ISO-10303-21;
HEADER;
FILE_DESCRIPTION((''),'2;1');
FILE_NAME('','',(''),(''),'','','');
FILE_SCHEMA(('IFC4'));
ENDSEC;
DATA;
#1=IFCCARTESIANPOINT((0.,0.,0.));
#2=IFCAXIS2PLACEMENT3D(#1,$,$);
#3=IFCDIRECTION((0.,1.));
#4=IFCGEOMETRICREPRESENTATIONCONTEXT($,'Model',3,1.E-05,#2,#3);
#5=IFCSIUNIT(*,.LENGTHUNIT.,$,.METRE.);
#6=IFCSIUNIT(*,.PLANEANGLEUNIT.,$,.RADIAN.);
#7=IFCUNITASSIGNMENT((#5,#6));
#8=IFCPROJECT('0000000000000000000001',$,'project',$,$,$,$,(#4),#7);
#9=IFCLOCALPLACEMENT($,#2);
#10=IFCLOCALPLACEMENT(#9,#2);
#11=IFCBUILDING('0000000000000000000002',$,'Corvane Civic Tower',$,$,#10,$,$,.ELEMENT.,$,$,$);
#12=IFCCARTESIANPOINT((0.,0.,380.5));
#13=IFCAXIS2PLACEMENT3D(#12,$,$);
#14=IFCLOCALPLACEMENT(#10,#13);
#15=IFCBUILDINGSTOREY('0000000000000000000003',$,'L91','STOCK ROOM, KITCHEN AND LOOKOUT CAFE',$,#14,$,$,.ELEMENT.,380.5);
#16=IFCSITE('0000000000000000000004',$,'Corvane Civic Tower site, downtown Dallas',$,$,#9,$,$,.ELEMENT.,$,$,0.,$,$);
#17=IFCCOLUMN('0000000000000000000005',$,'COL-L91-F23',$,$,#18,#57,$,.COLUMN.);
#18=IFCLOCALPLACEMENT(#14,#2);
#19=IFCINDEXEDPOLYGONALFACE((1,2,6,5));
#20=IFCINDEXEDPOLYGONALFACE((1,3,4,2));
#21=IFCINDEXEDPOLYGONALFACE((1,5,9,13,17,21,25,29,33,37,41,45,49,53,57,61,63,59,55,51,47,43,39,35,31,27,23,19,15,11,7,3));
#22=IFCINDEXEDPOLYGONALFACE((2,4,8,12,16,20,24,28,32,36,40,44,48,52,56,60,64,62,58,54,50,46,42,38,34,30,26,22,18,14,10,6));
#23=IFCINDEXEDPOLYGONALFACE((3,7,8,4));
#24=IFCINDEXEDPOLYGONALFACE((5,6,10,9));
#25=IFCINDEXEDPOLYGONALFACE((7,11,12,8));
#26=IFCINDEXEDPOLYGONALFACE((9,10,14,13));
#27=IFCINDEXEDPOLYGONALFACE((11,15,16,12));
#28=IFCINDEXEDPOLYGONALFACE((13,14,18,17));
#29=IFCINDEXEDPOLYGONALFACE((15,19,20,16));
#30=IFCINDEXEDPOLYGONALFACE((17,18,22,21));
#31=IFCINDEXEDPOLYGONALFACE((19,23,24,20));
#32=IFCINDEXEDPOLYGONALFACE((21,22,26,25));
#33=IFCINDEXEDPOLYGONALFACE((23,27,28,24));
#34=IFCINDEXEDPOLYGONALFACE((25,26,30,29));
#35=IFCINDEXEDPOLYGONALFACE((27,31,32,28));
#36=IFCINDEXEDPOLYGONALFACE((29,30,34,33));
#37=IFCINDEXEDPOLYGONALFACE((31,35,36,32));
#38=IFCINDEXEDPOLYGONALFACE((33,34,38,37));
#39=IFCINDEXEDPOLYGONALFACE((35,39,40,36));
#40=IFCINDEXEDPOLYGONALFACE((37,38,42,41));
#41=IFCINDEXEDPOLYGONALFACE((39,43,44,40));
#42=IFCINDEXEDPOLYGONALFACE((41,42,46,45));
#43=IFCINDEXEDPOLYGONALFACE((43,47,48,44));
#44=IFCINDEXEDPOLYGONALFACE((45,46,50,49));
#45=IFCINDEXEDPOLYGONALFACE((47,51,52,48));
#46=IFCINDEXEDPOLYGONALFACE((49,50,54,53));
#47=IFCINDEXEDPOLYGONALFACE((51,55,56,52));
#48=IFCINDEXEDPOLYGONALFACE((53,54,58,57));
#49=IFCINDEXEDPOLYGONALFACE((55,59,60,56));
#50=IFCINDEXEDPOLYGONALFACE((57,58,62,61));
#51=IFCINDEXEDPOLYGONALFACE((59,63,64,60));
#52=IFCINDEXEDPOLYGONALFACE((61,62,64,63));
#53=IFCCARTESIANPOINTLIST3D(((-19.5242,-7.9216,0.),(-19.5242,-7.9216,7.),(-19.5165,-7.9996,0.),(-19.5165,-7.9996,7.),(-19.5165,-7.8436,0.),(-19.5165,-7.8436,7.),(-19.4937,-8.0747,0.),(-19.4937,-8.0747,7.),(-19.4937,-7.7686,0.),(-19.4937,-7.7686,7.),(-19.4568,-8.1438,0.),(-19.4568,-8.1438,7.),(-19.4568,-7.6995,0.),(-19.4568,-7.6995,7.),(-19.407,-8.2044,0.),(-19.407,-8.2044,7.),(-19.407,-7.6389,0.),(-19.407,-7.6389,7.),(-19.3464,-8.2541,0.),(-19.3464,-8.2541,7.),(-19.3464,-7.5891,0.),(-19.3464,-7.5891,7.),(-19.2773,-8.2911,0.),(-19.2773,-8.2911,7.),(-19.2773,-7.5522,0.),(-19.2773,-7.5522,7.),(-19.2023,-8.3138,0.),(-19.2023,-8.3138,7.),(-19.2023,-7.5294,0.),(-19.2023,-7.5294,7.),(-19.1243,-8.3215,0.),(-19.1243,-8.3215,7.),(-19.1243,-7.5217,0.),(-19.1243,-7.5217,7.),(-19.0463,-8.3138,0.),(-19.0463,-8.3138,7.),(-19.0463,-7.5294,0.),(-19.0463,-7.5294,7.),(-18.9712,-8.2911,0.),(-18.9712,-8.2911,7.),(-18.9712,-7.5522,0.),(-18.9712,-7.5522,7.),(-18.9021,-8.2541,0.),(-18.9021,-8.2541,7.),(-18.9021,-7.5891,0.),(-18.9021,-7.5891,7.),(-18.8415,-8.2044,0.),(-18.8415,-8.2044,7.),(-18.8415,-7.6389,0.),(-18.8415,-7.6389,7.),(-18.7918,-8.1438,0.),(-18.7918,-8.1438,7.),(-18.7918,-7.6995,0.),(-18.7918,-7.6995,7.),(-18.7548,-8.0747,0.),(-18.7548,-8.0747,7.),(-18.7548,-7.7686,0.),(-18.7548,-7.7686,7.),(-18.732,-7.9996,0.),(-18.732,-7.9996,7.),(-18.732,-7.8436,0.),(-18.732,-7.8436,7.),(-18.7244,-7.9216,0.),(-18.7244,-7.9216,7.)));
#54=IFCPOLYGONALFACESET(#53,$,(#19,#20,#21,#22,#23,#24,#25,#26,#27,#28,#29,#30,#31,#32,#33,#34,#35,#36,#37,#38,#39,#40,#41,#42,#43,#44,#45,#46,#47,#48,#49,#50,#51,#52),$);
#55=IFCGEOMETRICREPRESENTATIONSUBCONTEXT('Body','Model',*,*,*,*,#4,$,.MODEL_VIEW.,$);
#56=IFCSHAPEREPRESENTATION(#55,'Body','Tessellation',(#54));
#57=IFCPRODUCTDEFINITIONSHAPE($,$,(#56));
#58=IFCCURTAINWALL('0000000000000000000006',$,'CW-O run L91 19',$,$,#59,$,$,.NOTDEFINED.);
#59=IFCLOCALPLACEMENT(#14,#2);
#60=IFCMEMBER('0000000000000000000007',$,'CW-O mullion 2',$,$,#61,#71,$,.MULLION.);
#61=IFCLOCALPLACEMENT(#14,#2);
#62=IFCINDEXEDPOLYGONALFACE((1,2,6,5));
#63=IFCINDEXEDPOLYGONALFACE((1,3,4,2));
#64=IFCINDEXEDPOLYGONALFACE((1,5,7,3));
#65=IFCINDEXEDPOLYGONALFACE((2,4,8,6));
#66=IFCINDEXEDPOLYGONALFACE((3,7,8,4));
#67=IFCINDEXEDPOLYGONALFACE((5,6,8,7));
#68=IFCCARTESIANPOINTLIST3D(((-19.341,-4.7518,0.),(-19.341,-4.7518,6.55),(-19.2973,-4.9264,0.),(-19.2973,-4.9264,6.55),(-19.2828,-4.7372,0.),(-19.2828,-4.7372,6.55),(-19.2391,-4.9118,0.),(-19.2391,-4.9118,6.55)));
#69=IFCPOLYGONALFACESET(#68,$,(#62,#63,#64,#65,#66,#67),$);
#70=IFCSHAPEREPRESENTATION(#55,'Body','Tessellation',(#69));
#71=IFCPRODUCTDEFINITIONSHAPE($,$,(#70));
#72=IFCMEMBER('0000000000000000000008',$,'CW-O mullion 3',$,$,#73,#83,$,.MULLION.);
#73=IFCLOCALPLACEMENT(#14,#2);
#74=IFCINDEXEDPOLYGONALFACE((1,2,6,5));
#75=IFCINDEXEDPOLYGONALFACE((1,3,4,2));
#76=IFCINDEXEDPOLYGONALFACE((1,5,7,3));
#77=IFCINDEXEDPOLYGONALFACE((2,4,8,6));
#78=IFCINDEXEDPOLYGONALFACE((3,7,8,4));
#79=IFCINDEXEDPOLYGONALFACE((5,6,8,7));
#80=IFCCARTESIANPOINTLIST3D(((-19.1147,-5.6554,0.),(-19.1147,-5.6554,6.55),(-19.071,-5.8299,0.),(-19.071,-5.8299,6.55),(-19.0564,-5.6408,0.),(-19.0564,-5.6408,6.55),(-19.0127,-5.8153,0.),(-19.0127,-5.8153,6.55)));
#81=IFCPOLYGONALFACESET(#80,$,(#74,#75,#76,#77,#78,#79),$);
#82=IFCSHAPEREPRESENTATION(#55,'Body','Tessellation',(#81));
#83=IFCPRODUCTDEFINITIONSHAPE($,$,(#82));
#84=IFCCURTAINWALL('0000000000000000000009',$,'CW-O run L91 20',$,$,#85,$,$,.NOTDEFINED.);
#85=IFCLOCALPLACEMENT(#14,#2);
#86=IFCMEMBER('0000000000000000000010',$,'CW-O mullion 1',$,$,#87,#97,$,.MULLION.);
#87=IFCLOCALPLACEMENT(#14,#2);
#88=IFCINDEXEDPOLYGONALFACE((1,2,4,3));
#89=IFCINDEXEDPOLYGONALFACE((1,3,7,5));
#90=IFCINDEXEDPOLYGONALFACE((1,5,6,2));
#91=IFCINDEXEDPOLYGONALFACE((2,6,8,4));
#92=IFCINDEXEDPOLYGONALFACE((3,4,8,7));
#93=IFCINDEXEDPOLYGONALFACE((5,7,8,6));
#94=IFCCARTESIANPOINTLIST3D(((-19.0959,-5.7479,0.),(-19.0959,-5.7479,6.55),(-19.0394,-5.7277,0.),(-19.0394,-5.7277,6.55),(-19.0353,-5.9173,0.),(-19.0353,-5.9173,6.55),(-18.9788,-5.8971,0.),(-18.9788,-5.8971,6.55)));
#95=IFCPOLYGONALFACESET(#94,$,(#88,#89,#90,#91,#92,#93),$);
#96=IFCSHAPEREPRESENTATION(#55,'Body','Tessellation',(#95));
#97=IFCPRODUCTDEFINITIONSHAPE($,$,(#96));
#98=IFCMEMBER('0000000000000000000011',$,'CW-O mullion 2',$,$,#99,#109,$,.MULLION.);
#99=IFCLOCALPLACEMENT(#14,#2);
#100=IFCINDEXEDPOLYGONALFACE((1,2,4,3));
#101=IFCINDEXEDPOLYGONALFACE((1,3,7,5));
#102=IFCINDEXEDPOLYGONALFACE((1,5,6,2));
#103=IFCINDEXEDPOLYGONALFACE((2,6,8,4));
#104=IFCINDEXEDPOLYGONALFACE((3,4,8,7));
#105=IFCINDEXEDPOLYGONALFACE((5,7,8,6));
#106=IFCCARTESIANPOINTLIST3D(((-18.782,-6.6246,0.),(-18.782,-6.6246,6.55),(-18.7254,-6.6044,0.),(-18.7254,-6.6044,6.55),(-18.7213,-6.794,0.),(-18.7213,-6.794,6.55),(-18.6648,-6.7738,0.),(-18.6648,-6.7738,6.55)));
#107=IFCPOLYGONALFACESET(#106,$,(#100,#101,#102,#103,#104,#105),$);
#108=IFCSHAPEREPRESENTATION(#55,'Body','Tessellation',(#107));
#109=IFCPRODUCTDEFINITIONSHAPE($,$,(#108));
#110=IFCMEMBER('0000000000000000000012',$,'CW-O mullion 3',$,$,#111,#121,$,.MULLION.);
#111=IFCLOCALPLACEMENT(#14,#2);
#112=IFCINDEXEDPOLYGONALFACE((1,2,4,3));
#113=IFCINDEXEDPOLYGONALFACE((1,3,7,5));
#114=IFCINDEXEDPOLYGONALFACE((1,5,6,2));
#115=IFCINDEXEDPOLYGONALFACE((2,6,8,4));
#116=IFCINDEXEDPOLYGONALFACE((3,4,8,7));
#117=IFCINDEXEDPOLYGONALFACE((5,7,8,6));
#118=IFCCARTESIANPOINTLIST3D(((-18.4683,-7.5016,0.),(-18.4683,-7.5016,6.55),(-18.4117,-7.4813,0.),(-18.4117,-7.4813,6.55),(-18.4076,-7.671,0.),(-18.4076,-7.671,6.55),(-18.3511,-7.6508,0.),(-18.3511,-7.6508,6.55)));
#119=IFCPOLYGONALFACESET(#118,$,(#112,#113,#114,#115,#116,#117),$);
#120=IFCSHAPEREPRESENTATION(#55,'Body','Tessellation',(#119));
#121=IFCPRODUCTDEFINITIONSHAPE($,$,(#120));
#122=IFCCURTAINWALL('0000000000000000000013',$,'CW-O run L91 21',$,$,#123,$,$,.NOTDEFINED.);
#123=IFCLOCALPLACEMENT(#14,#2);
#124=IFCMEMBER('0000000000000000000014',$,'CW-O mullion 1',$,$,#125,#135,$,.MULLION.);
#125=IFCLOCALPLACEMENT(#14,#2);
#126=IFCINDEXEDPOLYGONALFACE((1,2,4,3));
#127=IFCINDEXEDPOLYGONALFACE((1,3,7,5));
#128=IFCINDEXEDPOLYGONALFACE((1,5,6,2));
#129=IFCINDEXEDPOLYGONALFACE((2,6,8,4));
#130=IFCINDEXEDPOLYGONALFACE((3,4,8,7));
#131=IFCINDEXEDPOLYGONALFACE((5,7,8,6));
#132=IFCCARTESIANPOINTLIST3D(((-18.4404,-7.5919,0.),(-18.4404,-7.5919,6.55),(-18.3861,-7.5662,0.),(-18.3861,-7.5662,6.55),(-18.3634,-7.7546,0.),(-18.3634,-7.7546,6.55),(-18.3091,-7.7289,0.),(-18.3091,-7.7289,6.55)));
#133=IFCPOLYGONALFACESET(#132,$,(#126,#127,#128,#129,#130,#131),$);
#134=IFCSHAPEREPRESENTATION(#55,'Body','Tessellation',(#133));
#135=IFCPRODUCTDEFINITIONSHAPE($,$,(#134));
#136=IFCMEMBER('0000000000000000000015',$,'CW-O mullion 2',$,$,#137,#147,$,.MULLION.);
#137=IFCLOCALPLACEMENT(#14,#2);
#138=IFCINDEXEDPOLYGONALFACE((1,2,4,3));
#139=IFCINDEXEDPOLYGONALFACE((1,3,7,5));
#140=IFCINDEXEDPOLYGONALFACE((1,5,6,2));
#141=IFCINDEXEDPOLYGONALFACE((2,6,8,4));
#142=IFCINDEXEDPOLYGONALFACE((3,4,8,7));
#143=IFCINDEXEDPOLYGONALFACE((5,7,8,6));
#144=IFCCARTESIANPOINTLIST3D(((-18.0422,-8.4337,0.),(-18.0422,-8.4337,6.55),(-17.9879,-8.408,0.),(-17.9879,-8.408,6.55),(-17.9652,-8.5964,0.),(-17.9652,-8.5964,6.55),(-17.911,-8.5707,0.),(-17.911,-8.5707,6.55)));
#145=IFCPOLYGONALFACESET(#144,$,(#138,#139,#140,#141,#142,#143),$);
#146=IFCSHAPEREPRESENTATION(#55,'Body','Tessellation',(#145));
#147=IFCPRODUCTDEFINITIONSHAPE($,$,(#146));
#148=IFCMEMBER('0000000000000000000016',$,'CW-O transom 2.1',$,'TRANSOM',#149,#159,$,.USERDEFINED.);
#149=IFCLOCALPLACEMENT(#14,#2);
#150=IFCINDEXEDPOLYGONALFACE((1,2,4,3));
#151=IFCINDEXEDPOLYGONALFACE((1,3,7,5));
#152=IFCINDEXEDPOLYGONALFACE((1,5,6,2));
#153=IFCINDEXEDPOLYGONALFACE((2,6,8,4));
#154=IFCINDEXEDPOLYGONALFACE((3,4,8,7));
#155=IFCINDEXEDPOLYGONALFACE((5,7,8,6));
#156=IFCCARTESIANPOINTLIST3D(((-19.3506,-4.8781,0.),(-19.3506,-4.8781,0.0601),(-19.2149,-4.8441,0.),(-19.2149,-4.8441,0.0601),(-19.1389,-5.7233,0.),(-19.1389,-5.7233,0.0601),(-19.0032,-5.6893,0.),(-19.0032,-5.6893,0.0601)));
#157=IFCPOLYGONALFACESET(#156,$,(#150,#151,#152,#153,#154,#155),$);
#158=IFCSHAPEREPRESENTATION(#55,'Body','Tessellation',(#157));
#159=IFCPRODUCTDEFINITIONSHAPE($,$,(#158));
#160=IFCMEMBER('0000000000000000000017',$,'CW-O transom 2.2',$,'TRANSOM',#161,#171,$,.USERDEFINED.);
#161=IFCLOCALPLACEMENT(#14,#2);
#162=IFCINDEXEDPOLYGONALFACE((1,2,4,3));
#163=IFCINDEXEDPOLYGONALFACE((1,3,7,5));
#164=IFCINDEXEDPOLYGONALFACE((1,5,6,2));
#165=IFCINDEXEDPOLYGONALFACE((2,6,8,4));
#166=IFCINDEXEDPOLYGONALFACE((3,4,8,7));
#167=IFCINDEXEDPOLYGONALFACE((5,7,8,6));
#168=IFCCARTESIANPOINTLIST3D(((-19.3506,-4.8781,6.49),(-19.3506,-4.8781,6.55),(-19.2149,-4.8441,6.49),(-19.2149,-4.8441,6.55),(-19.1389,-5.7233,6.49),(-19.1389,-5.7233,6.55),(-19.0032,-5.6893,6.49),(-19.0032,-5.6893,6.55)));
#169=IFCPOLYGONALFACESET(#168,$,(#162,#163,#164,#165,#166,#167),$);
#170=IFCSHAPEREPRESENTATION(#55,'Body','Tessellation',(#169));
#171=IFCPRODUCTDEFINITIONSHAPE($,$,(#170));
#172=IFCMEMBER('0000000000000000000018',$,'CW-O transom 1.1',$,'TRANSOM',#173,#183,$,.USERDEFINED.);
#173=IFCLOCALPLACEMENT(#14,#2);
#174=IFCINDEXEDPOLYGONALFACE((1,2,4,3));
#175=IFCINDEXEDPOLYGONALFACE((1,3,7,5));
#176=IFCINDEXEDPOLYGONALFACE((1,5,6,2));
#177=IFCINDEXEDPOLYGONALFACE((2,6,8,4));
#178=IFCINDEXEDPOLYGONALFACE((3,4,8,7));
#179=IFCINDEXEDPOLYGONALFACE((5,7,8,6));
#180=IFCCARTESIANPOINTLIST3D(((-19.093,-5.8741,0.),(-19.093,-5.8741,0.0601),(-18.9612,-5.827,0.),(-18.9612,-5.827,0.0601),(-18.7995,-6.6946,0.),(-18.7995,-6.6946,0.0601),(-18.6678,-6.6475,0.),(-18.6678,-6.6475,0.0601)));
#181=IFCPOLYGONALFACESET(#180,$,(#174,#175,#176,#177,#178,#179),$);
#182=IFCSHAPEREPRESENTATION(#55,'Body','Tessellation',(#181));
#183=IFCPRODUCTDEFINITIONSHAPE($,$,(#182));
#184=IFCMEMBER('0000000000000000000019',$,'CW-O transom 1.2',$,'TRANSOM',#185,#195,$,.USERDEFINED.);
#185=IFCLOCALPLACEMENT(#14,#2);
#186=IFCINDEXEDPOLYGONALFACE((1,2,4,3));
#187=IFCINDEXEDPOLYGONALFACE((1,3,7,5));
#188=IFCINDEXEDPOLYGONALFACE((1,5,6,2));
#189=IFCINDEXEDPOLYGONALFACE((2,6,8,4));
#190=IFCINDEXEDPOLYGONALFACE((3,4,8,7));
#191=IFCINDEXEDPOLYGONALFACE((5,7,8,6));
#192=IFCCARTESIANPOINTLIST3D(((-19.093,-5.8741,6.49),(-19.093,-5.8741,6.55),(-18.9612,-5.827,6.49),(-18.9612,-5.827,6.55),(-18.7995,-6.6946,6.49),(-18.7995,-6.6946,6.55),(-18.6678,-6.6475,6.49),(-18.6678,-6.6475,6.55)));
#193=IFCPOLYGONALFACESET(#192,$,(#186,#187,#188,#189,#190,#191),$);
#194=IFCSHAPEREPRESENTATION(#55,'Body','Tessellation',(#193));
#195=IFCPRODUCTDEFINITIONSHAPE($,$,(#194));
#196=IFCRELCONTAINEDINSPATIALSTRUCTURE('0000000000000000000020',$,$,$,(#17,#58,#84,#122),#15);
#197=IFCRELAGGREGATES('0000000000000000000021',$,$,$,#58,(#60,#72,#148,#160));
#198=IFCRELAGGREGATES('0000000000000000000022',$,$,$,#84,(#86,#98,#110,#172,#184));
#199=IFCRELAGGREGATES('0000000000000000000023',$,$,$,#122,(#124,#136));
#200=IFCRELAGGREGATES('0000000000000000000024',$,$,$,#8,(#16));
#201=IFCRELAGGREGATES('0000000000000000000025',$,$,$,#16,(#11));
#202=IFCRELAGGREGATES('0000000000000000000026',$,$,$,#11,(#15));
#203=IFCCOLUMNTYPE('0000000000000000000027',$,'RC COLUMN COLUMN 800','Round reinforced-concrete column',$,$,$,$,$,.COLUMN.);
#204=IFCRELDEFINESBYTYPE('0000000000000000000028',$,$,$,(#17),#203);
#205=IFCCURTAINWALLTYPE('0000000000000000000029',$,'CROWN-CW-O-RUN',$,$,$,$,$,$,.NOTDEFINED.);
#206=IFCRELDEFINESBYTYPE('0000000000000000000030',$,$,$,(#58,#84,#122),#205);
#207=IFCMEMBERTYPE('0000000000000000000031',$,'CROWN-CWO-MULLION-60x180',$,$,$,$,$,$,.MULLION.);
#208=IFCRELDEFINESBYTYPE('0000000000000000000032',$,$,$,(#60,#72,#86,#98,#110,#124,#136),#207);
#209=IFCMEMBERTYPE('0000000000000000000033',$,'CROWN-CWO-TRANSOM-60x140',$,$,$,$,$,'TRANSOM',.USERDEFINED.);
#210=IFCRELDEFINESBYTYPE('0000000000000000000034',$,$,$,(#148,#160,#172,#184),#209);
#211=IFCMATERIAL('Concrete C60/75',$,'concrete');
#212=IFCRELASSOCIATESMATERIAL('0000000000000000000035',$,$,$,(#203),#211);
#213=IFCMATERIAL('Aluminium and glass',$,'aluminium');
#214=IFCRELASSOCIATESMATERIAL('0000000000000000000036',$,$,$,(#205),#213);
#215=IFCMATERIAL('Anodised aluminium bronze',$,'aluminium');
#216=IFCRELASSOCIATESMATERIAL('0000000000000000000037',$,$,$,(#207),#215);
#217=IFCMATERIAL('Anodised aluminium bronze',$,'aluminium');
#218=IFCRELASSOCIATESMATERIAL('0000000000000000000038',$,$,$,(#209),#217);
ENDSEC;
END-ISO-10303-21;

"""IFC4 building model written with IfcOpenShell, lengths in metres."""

from ifc_helpers import new_model, si_unit, direction, frame, origin, origin_2d, place, context, subcontext, project, spatial, rectangle, circle, extrude, material, material_profile, profile_set, type_object, element, aggregate, save


model = new_model("IFC4")

# Units and contexts
model_context = context("Model", 3, precision=1e-05, world=origin(), true_north=direction((0.0, 1.0)))
body_context = subcontext(model_context, "Body", "Model", "MODEL_VIEW")
ifc_project = project(units=[si_unit("LENGTHUNIT", "METRE"), si_unit("PLANEANGLEUNIT", "RADIAN")], contexts=[model_context])

# Site, building, storey
site_placement = place(None, origin())
site = spatial("IfcSite", under=ifc_project, at=site_placement, Name="Corvane Civic Tower site, downtown Dallas", CompositionType="ELEMENT", RefElevation=0.0)
building_placement = place(site_placement, origin())
building = spatial("IfcBuilding", under=site, at=building_placement, Name="Corvane Civic Tower", CompositionType="ELEMENT")
storey_placement = place(building_placement, frame((0.0, 0.0, 380.5)))
storey = spatial("IfcBuildingStorey", under=building, at=storey_placement, Name="L91", Description="STOCK ROOM, KITCHEN AND LOOKOUT CAFE", CompositionType="ELEMENT", Elevation=380.5)

# Column
ifc_material_1 = material(Name="Concrete C60/75", Category="concrete")
ifc_material_profile_1 = material_profile(ifc_material_1, circle(Radius=0.3999, at=origin_2d()), Name="COLUMN 800")
ifc_profile_set_1 = profile_set([ifc_material_profile_1], Name="Concrete C60/75")
column_type = type_object("IfcColumnType", Name="RC COLUMN COLUMN 800", Description="Round reinforced-concrete column", PredefinedType="COLUMN", material=ifc_profile_set_1)
column_placement = place(storey_placement, frame((-19.1243, -7.9216, 0.0), z_axis=(0.0, 0.0, 1.0), x_axis=(1.0, 0.0, 0.0)))
element("IfcColumn", 1, at=column_placement, inside=storey, type_object=column_type, Name="COL-L91-F23", PredefinedType="COLUMN", context=body_context, shape_type="SweptSolid", body=[
    extrude(circle(Radius=0.3999, at=origin_2d()), origin(), (0.0, 0.0, 1.0), 7.0),
])

# Curtain walls, members
ifc_material_2 = material(Name="Aluminium and glass", Category="aluminium")
curtain_wall_type = type_object("IfcCurtainWallType", Name="CROWN-CW-O-RUN", PredefinedType="NOTDEFINED", material=ifc_material_2)
curtain_wall_1_placement = place(storey_placement, origin())
curtain_wall_1 = element("IfcCurtainWall", 2, at=curtain_wall_1_placement, inside=storey, type_object=curtain_wall_type, Name="CW-O run L91 19", PredefinedType="NOTDEFINED")
ifc_material_3 = material(Name="Anodised aluminium bronze", Category="aluminium")
ifc_material_profile_2 = material_profile(ifc_material_3, rectangle(XDim=0.0601, YDim=0.1799, at=origin_2d()), Name="AL 60x180")
ifc_profile_set_2 = profile_set([ifc_material_profile_2], Name="Anodised aluminium bronze")
member_type_1 = type_object("IfcMemberType", Name="CROWN-CWO-MULLION-60x180", PredefinedType="MULLION", material=ifc_profile_set_2)
member_1_placement = place(storey_placement, frame((-19.29, -4.8318, 0.0), z_axis=(0.0, 0.0, 1.0), x_axis=(0.970038, 0.242952, 0.0)))
member_1 = element("IfcMember", 3, at=member_1_placement, type_object=member_type_1, Name="CW-O mullion 2", PredefinedType="MULLION", context=body_context, shape_type="SweptSolid", body=[
    extrude(rectangle(XDim=0.0601, YDim=0.1799, at=origin_2d()), origin(), (0.0, 0.0, 1.0), 6.55),
])
member_2_placement = place(storey_placement, frame((-19.0637, -5.7354, 0.0), z_axis=(0.0, 0.0, 1.0), x_axis=(0.970038, 0.242952, 0.0)))
member_2 = element("IfcMember", 4, at=member_2_placement, type_object=member_type_1, Name="CW-O mullion 3", PredefinedType="MULLION", context=body_context, shape_type="SweptSolid", body=[
    extrude(rectangle(XDim=0.0601, YDim=0.1799, at=origin_2d()), origin(), (0.0, 0.0, 1.0), 6.55),
])
curtain_wall_2_placement = place(storey_placement, origin())
curtain_wall_2 = element("IfcCurtainWall", 5, at=curtain_wall_2_placement, inside=storey, type_object=curtain_wall_type, Name="CW-O run L91 20", PredefinedType="NOTDEFINED")
member_3_placement = place(storey_placement, frame((-19.0374, -5.8225, 0.0), z_axis=(0.0, 0.0, 1.0), x_axis=(0.941511, 0.336982, 0.0)))
member_3 = element("IfcMember", 6, at=member_3_placement, type_object=member_type_1, Name="CW-O mullion 1", PredefinedType="MULLION", context=body_context, shape_type="SweptSolid", body=[
    extrude(rectangle(XDim=0.0601, YDim=0.1799, at=origin_2d()), origin(), (0.0, 0.0, 1.0), 6.55),
])
member_4_placement = place(storey_placement, frame((-18.7234, -6.6992, 0.0), z_axis=(0.0, 0.0, 1.0), x_axis=(0.941511, 0.336982, 0.0)))
member_4 = element("IfcMember", 7, at=member_4_placement, type_object=member_type_1, Name="CW-O mullion 2", PredefinedType="MULLION", context=body_context, shape_type="SweptSolid", body=[
    extrude(rectangle(XDim=0.0601, YDim=0.1799, at=origin_2d()), origin(), (0.0, 0.0, 1.0), 6.55),
])
member_5_placement = place(storey_placement, frame((-18.4097, -7.5762, 0.0), z_axis=(0.0, 0.0, 1.0), x_axis=(0.941511, 0.336982, 0.0)))
member_5 = element("IfcMember", 8, at=member_5_placement, type_object=member_type_1, Name="CW-O mullion 3", PredefinedType="MULLION", context=body_context, shape_type="SweptSolid", body=[
    extrude(rectangle(XDim=0.0601, YDim=0.1799, at=origin_2d()), origin(), (0.0, 0.0, 1.0), 6.55),
])
curtain_wall_3_placement = place(storey_placement, origin())
curtain_wall_3 = element("IfcCurtainWall", 9, at=curtain_wall_3_placement, inside=storey, type_object=curtain_wall_type, Name="CW-O run L91 21", PredefinedType="NOTDEFINED")
member_6_placement = place(storey_placement, frame((-18.3748, -7.6604, 0.0), z_axis=(0.0, 0.0, 1.0), x_axis=(0.904011, 0.427509, 0.0)))
member_6 = element("IfcMember", 10, at=member_6_placement, type_object=member_type_1, Name="CW-O mullion 1", PredefinedType="MULLION", context=body_context, shape_type="SweptSolid", body=[
    extrude(rectangle(XDim=0.0601, YDim=0.1799, at=origin_2d()), origin(), (0.0, 0.0, 1.0), 6.55),
])
member_7_placement = place(storey_placement, frame((-17.9766, -8.5022, 0.0), z_axis=(0.0, 0.0, 1.0), x_axis=(0.904011, 0.427509, 0.0)))
member_7 = element("IfcMember", 11, at=member_7_placement, type_object=member_type_1, Name="CW-O mullion 2", PredefinedType="MULLION", context=body_context, shape_type="SweptSolid", body=[
    extrude(rectangle(XDim=0.0601, YDim=0.1799, at=origin_2d()), origin(), (0.0, 0.0, 1.0), 6.55),
])

# Members
ifc_material_4 = material(Name="Anodised aluminium bronze", Category="aluminium")
ifc_material_profile_3 = material_profile(ifc_material_4, rectangle(XDim=0.1399, YDim=0.0601, at=origin_2d()), Name="AL 140x60")
ifc_profile_set_3 = profile_set([ifc_material_profile_3], Name="Anodised aluminium bronze")
member_type_2 = type_object("IfcMemberType", Name="CROWN-CWO-TRANSOM-60x140", ElementType="TRANSOM", PredefinedType="USERDEFINED", material=ifc_profile_set_3)
member_8_placement = place(storey_placement, frame((-19.2827, -4.8611, 0.03), z_axis=(0.242931, -0.970044, 0.0), x_axis=(0.970044, 0.242931, 0.0)))
member_8 = element("IfcMember", 12, at=member_8_placement, type_object=member_type_2, Name="CW-O transom 2.1", ObjectType="TRANSOM", PredefinedType="USERDEFINED", context=body_context, shape_type="SweptSolid", body=[
    extrude(rectangle(XDim=0.1399, YDim=0.0601, at=origin_2d()), origin(), (0.0, 0.0, 1.0), 0.8713),
])
member_9_placement = place(storey_placement, frame((-19.2827, -4.8611, 6.52), z_axis=(0.242931, -0.970044, 0.0), x_axis=(0.970044, 0.242931, 0.0)))
member_9 = element("IfcMember", 13, at=member_9_placement, type_object=member_type_2, Name="CW-O transom 2.2", ObjectType="TRANSOM", PredefinedType="USERDEFINED", context=body_context, shape_type="SweptSolid", body=[
    extrude(rectangle(XDim=0.1399, YDim=0.0601, at=origin_2d()), origin(), (0.0, 0.0, 1.0), 0.8713),
])
member_10_placement = place(storey_placement, frame((-19.0271, -5.8506, 0.03), z_axis=(0.336745, -0.941596, 0.0), x_axis=(0.941596, 0.336745, 0.0)))
member_10 = element("IfcMember", 14, at=member_10_placement, type_object=member_type_2, Name="CW-O transom 1.1", ObjectType="TRANSOM", PredefinedType="USERDEFINED", context=body_context, shape_type="SweptSolid", body=[
    extrude(rectangle(XDim=0.1399, YDim=0.0601, at=origin_2d()), origin(), (0.0, 0.0, 1.0), 0.8713),
])
member_11_placement = place(storey_placement, frame((-19.0271, -5.8506, 6.52), z_axis=(0.336745, -0.941596, 0.0), x_axis=(0.941596, 0.336745, 0.0)))
member_11 = element("IfcMember", 15, at=member_11_placement, type_object=member_type_2, Name="CW-O transom 1.2", ObjectType="TRANSOM", PredefinedType="USERDEFINED", context=body_context, shape_type="SweptSolid", body=[
    extrude(rectangle(XDim=0.1399, YDim=0.0601, at=origin_2d()), origin(), (0.0, 0.0, 1.0), 0.8713),
])

aggregate(curtain_wall_1, [member_1, member_2, member_8, member_9])
aggregate(curtain_wall_2, [member_3, member_4, member_5, member_10, member_11])
aggregate(curtain_wall_3, [member_6, member_7])

save(model, "model.ifc")
